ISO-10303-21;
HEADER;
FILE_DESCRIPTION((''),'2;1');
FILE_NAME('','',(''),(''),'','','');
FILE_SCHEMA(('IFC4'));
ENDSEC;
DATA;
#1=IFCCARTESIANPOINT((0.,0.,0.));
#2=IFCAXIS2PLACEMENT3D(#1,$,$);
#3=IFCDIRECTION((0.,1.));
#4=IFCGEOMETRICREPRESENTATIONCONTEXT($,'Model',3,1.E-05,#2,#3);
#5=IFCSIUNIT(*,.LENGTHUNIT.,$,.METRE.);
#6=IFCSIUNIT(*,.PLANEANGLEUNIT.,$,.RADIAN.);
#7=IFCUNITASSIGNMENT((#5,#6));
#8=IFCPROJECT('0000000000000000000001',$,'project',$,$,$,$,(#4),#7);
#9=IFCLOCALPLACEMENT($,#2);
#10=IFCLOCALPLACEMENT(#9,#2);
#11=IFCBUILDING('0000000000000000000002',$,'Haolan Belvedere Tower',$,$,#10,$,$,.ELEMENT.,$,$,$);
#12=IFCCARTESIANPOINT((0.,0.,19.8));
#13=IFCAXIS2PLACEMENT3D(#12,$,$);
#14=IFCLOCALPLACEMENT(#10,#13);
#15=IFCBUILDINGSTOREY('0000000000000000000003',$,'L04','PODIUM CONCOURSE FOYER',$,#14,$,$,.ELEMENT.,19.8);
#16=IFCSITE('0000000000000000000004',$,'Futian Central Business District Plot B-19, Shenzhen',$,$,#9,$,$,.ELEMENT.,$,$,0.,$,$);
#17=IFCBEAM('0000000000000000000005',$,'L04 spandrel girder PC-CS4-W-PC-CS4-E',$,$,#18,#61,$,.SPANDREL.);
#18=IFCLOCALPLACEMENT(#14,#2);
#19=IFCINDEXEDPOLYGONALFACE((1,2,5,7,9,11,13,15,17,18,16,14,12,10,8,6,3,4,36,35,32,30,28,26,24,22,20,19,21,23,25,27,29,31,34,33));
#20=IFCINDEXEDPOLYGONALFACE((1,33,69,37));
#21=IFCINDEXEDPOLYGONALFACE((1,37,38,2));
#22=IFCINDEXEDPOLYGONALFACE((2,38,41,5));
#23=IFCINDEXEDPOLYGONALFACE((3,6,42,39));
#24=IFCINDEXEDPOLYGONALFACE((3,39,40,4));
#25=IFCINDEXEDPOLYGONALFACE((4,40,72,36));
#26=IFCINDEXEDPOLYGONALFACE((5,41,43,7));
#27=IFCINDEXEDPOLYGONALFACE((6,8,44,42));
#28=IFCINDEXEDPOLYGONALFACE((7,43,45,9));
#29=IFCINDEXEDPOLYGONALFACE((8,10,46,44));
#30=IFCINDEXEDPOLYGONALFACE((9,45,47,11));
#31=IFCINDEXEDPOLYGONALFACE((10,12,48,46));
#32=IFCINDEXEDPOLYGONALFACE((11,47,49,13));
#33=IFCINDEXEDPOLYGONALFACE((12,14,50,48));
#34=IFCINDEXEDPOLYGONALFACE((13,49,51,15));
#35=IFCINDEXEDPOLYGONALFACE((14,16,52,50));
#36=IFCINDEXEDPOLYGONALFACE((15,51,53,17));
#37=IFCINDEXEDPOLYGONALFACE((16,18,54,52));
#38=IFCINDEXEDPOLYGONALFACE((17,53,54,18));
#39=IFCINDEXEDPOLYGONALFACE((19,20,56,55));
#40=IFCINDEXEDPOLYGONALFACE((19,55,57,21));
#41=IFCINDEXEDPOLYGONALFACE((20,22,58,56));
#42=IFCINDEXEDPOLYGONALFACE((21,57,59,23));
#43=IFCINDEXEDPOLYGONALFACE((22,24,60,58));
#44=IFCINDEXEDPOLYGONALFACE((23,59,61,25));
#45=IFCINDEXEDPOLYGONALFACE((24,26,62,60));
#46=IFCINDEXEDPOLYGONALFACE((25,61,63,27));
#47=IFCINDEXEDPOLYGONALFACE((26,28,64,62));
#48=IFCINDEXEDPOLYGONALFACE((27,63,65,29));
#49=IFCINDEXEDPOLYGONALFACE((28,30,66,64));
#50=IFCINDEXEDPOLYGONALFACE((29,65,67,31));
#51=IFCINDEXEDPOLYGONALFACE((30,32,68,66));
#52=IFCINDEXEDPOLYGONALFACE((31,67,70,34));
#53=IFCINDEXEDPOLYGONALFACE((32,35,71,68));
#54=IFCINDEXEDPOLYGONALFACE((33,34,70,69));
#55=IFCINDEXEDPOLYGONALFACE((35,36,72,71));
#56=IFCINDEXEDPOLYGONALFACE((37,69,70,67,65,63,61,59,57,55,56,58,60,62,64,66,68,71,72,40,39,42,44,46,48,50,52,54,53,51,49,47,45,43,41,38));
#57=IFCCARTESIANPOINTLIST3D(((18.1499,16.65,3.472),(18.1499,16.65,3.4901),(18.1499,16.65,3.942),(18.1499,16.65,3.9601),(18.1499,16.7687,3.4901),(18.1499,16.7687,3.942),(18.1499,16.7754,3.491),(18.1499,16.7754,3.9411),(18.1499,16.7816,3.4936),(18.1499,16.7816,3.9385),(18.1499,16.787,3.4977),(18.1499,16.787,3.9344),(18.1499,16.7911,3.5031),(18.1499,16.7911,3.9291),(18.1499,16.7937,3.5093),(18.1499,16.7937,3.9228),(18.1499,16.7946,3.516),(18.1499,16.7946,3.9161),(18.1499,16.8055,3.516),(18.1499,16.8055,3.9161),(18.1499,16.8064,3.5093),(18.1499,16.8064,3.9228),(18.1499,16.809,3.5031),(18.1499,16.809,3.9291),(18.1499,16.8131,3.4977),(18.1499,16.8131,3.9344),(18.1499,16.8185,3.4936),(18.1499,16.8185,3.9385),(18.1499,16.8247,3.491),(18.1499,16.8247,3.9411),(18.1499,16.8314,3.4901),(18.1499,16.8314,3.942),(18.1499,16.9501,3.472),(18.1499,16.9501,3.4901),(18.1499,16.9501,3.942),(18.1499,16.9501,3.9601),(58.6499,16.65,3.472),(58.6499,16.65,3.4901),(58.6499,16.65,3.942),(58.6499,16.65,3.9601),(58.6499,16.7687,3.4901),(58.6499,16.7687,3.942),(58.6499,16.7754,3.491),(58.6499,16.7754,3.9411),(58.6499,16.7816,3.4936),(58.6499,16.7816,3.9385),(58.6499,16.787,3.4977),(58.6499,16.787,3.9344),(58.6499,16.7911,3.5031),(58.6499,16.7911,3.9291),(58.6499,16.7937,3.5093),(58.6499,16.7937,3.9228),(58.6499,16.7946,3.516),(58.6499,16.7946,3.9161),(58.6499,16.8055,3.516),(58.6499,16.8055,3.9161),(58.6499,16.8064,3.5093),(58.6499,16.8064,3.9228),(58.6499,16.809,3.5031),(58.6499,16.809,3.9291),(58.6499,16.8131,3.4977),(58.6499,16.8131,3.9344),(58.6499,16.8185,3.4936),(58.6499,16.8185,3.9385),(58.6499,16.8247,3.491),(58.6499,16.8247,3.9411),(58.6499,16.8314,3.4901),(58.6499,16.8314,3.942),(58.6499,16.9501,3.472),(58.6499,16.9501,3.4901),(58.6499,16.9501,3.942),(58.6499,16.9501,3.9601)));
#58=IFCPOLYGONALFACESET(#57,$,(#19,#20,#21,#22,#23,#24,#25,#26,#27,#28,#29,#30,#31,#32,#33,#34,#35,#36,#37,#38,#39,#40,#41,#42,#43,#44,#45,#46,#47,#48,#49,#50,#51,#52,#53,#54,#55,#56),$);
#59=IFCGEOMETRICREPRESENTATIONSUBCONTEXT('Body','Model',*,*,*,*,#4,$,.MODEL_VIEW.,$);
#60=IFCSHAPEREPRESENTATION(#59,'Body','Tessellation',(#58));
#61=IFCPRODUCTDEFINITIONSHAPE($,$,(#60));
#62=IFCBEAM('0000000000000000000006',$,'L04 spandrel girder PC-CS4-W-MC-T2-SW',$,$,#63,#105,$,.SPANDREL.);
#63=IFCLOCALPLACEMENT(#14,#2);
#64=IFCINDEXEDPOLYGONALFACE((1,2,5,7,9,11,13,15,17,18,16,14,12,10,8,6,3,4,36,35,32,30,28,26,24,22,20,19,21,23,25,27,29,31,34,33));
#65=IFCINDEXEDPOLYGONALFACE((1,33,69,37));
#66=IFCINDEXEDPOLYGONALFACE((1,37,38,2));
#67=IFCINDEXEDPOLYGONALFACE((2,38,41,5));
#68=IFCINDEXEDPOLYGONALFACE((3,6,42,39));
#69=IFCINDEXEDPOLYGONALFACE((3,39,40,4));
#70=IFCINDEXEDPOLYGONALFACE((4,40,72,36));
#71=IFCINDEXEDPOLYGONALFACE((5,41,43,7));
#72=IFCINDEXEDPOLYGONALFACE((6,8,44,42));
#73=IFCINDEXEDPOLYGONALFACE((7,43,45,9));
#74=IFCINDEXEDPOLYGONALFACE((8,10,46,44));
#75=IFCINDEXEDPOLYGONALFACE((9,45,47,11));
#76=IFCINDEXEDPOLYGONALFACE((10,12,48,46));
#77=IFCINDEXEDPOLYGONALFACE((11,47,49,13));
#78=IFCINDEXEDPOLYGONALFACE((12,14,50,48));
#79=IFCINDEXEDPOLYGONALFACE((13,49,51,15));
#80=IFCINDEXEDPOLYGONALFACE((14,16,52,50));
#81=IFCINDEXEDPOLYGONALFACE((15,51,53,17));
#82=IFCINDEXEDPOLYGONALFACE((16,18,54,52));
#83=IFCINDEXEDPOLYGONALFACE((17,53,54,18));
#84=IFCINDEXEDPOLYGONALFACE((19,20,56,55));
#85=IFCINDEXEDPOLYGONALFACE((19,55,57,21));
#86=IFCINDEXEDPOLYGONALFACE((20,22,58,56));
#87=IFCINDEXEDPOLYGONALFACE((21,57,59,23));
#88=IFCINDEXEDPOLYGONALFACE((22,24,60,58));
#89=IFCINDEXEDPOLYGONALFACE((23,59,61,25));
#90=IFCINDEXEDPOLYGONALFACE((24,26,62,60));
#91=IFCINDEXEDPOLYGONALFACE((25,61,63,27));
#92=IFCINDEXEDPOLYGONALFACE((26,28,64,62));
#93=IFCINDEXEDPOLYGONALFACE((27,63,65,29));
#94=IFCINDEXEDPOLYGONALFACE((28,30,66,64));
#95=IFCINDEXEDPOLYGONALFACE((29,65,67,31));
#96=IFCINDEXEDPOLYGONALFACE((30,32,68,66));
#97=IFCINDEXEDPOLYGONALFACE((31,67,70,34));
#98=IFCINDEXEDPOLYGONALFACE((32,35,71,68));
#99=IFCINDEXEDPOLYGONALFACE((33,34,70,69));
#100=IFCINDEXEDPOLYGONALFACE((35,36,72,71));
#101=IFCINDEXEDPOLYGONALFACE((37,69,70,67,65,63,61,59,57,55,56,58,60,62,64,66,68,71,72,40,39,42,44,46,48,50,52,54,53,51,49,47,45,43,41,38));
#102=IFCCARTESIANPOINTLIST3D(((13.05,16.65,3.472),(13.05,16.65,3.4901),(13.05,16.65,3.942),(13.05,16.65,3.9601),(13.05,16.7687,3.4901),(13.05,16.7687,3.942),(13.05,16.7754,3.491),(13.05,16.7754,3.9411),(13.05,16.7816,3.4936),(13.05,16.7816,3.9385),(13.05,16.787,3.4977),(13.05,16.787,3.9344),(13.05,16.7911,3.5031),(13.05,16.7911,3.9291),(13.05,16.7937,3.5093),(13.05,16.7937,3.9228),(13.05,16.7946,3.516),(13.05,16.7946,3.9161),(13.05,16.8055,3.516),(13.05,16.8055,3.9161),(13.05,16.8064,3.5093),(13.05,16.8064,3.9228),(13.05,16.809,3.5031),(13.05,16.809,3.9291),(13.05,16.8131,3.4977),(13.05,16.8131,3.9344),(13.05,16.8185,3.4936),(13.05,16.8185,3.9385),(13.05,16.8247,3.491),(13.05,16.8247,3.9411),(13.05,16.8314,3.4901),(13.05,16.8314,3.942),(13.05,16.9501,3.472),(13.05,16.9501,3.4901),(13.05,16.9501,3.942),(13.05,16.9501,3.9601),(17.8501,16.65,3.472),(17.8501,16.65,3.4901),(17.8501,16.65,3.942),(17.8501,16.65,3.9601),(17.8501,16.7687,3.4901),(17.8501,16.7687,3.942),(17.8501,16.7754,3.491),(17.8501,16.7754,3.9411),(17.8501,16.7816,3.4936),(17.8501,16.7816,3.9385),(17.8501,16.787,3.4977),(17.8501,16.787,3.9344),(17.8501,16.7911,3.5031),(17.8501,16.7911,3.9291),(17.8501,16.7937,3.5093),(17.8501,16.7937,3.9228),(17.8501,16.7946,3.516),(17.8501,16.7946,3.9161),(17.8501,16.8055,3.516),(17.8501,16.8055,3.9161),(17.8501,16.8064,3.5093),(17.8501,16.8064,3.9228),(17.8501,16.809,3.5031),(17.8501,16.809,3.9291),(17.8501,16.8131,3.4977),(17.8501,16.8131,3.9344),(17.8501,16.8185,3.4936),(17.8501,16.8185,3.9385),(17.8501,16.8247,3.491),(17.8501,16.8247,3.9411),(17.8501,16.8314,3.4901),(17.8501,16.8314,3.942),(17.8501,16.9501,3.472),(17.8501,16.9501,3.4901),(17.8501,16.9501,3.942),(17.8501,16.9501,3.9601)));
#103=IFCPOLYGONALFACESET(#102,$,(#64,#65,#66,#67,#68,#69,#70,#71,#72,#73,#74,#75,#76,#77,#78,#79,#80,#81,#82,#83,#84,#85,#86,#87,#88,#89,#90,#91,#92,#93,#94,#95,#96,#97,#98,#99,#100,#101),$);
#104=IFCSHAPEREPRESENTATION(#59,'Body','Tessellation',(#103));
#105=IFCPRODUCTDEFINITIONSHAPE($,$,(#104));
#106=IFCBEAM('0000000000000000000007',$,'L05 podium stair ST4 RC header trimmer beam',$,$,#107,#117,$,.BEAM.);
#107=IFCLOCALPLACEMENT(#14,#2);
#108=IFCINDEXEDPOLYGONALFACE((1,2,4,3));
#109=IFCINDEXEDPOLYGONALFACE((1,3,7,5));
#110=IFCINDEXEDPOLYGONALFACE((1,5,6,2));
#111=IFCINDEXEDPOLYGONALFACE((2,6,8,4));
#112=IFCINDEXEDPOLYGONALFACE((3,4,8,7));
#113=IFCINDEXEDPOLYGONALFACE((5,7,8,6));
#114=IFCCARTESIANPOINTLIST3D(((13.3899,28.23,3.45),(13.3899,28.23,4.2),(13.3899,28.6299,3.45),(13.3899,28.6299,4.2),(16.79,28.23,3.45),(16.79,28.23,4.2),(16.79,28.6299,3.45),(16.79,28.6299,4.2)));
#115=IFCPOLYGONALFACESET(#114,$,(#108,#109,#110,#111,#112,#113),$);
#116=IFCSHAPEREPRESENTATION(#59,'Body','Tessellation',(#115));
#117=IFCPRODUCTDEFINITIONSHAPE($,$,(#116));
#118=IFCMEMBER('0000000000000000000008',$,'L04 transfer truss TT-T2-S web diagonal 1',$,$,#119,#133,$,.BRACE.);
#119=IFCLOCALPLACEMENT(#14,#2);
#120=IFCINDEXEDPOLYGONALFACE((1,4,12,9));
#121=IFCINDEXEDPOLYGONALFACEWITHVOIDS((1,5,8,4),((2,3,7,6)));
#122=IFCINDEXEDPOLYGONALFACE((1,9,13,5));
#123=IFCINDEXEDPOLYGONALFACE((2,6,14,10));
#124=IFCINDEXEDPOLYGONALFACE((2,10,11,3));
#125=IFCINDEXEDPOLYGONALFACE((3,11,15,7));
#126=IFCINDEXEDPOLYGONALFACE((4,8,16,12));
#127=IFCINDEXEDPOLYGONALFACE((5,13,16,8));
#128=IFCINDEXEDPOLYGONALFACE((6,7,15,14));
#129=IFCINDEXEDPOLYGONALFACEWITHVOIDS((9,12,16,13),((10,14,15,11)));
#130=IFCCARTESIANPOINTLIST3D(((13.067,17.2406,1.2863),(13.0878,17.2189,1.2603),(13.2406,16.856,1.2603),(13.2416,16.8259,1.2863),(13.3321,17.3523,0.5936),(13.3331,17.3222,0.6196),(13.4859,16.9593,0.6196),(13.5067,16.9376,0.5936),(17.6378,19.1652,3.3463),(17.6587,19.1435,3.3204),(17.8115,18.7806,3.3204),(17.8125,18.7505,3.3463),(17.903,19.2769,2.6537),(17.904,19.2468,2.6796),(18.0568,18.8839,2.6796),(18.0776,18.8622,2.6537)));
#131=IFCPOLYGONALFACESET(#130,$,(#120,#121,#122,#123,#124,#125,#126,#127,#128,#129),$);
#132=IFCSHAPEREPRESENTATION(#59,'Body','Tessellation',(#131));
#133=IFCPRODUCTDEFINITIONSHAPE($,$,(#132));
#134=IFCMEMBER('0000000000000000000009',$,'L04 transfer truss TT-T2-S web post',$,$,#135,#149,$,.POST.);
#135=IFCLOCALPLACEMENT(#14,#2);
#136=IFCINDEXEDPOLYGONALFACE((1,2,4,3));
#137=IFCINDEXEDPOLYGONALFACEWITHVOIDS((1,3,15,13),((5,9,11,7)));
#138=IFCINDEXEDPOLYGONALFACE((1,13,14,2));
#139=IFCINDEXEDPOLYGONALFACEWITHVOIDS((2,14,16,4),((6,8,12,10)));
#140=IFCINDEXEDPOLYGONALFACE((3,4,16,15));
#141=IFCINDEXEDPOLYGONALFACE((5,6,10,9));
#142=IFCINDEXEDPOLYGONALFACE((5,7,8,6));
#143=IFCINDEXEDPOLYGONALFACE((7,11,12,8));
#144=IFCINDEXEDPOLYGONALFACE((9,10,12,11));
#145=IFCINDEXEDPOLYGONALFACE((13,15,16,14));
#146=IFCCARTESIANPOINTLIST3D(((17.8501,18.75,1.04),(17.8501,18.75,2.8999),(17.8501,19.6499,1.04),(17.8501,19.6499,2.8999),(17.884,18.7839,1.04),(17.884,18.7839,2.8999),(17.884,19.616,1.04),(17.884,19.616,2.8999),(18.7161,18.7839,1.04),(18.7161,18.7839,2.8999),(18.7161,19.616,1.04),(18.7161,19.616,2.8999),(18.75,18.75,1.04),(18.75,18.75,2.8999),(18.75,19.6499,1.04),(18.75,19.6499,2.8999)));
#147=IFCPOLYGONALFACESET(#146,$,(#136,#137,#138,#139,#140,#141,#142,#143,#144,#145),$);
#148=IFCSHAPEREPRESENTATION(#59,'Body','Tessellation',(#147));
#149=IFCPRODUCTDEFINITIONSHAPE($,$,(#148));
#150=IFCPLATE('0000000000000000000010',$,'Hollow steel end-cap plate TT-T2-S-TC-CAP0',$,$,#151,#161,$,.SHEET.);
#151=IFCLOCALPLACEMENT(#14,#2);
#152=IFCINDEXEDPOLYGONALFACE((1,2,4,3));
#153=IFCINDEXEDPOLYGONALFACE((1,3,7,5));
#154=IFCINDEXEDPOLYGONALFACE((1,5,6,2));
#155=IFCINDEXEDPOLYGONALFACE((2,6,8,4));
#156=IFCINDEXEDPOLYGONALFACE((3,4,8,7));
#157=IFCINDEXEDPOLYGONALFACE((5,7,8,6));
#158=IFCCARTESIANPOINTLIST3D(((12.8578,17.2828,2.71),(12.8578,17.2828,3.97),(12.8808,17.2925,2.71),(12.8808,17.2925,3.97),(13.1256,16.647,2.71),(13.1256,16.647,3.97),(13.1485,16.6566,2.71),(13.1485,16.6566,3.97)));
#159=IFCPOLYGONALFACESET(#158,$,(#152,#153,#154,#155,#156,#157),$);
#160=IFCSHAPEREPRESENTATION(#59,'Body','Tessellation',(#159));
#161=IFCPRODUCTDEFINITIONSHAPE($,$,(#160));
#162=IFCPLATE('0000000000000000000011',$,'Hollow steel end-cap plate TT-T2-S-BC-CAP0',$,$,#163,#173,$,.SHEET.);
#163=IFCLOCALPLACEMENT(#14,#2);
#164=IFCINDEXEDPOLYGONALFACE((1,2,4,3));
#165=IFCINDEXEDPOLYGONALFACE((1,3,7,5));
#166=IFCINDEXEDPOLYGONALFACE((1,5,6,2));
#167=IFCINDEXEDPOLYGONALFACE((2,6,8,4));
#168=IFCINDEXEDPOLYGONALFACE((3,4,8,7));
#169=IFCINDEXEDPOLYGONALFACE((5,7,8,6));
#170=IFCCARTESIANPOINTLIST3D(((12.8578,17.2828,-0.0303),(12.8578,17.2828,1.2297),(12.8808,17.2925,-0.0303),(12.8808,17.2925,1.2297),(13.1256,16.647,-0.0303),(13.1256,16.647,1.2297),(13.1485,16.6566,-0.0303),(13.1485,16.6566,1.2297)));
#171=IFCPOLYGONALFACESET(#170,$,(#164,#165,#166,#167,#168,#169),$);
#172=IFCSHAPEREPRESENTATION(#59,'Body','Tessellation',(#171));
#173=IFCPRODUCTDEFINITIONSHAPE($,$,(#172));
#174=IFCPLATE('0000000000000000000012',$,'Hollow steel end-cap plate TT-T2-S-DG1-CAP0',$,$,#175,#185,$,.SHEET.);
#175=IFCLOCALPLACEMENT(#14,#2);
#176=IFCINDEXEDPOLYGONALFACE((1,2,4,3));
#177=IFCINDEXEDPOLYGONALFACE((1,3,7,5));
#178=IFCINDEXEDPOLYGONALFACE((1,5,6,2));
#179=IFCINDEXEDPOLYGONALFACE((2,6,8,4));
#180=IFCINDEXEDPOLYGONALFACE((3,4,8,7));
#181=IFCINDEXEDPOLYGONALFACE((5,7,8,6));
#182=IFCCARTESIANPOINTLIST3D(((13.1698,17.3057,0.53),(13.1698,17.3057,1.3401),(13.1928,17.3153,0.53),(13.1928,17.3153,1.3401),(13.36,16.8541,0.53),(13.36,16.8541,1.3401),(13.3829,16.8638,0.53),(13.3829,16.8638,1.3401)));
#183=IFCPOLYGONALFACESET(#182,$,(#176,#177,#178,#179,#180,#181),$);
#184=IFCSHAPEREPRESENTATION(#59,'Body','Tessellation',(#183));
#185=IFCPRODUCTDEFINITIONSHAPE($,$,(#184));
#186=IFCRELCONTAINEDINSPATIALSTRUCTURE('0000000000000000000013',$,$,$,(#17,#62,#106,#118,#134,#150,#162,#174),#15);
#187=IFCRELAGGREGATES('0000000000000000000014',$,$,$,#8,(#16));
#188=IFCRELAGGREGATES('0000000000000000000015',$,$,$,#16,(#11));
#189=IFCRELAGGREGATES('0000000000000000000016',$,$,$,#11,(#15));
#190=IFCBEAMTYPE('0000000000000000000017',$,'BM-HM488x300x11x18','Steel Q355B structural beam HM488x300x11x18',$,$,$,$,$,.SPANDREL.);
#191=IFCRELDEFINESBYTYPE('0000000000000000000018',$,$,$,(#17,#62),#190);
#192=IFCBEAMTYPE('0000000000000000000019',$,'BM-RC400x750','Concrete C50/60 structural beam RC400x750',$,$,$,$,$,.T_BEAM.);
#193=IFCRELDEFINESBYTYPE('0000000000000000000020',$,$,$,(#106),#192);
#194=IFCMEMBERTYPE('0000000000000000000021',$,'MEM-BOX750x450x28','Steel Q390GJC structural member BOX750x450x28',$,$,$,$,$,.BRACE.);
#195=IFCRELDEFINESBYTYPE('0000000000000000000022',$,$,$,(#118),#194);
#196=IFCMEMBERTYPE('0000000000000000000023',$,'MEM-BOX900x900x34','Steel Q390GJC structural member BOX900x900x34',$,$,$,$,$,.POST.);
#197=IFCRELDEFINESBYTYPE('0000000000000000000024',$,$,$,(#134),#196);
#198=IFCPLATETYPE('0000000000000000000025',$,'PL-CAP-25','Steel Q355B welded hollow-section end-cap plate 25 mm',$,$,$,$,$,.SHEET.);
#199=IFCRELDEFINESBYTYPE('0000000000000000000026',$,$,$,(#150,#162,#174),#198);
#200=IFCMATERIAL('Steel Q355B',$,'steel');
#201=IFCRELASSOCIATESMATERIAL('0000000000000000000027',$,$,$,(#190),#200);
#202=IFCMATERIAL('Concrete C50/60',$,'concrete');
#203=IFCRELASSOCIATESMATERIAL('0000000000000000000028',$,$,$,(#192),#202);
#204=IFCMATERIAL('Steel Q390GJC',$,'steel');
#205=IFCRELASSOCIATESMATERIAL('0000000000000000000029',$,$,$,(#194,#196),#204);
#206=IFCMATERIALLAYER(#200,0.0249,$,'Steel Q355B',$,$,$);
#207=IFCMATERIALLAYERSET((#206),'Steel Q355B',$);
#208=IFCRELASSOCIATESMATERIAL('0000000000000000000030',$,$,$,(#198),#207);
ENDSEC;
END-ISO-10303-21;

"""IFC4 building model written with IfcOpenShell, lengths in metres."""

from ifc_helpers import new_model, si_unit, direction, frame, origin, origin_2d, place, context, subcontext, project, spatial, rectangle, hollow_rectangle, i_section, extrude, material, layer, layer_set, material_profile, profile_set, type_object, element, save


model = new_model("IFC4")

# Units and contexts
model_context = context("Model", 3, precision=1e-05, world=origin(), true_north=direction((0.0, 1.0)))
body_context = subcontext(model_context, "Body", "Model", "MODEL_VIEW")
ifc_project = project(units=[si_unit("LENGTHUNIT", "METRE"), si_unit("PLANEANGLEUNIT", "RADIAN")], contexts=[model_context])

# Site, building, storey
site_placement = place(None, origin())
site = spatial("IfcSite", under=ifc_project, at=site_placement, Name="Futian Central Business District Plot B-19, Shenzhen", CompositionType="ELEMENT", RefElevation=0.0)
building_placement = place(site_placement, origin())
building = spatial("IfcBuilding", under=site, at=building_placement, Name="Haolan Belvedere Tower", CompositionType="ELEMENT")
storey_placement = place(building_placement, frame((0.0, 0.0, 19.8)))
storey = spatial("IfcBuildingStorey", under=building, at=storey_placement, Name="L04", Description="PODIUM CONCOURSE FOYER", CompositionType="ELEMENT", Elevation=19.8)

# Shared definitions
ifc_material_1 = material(Name="Steel Q355B", Category="steel")

# Beams
ifc_material_profile_1 = material_profile(ifc_material_1, i_section(OverallWidth=0.3, OverallDepth=0.488, WebThickness=0.011, FlangeThickness=0.0181, FilletRadius=0.0259, at=origin_2d()), Name="Steel Q355B")
ifc_profile_set_1 = profile_set([ifc_material_profile_1], Name="Steel Q355B")
beam_type_1 = type_object("IfcBeamType", Name="BM-HM488x300x11x18", Description="Steel Q355B structural beam HM488x300x11x18", PredefinedType="SPANDREL", material=ifc_profile_set_1)
beam_1_placement = place(storey_placement, frame((18.1499, 16.8, 3.7161), z_axis=(1.0, 0.0, 0.0), x_axis=(0.0, 1.0, 0.0)))
element("IfcBeam", 1, at=beam_1_placement, inside=storey, type_object=beam_type_1, Name="L04 spandrel girder PC-CS4-W-PC-CS4-E", PredefinedType="SPANDREL", context=body_context, shape_type="SweptSolid", body=[
    extrude(i_section(OverallWidth=0.3, OverallDepth=0.488, WebThickness=0.011, FlangeThickness=0.0181, FilletRadius=0.0259, at=origin_2d()), origin(), (0.0, 0.0, 1.0), 40.5),
])
beam_2_placement = place(storey_placement, frame((17.8501, 16.8, 3.7161), z_axis=(-1.0, 0.0, 0.0), x_axis=(0.0, -1.0, 0.0)))
element("IfcBeam", 2, at=beam_2_placement, inside=storey, type_object=beam_type_1, Name="L04 spandrel girder PC-CS4-W-MC-T2-SW", PredefinedType="SPANDREL", context=body_context, shape_type="SweptSolid", body=[
    extrude(i_section(OverallWidth=0.3, OverallDepth=0.488, WebThickness=0.011, FlangeThickness=0.0181, FilletRadius=0.0259, at=origin_2d()), origin(), (0.0, 0.0, 1.0), 4.8),
])
ifc_material_2 = material(Name="Concrete C50/60", Category="concrete")
ifc_material_profile_2 = material_profile(ifc_material_2, rectangle(XDim=0.3999, YDim=0.75, at=origin_2d()), Name="Concrete C50/60")
ifc_profile_set_2 = profile_set([ifc_material_profile_2], Name="Concrete C50/60")
beam_type_2 = type_object("IfcBeamType", Name="BM-RC400x750", Description="Concrete C50/60 structural beam RC400x750", PredefinedType="T_BEAM", material=ifc_profile_set_2)
beam_3_placement = place(storey_placement, frame((13.3899, 28.4299, 3.825), z_axis=(1.0, 0.0, 0.0), x_axis=(0.0, 1.0, 0.0)))
element("IfcBeam", 3, at=beam_3_placement, inside=storey, type_object=beam_type_2, Name="L05 podium stair ST4 RC header trimmer beam", PredefinedType="BEAM", context=body_context, shape_type="SweptSolid", body=[
    extrude(rectangle(XDim=0.3999, YDim=0.75, at=origin_2d()), origin(), (0.0, 0.0, 1.0), 3.4001),
])

# Members
ifc_material_3 = material(Name="Steel Q390GJC", Category="steel")
ifc_material_profile_3 = material_profile(ifc_material_3, hollow_rectangle(XDim=0.45, YDim=0.75, WallThickness=0.0281, at=origin_2d()), Name="Steel Q390GJC")
ifc_profile_set_3 = profile_set([ifc_material_profile_3], Name="Steel Q390GJC")
member_type_1 = type_object("IfcMemberType", Name="MEM-BOX750x450x28", Description="Steel Q390GJC structural member BOX750x450x28", PredefinedType="BRACE", material=ifc_profile_set_3)
member_1_placement = place(storey_placement, frame((13.2869, 17.0891, 0.9399), z_axis=(0.851128, 0.358372, 0.383603), x_axis=(-0.388059, 0.921634, 0.0)))
element("IfcMember", 4, at=member_1_placement, inside=storey, type_object=member_type_1, Name="L04 transfer truss TT-T2-S web diagonal 1", PredefinedType="BRACE", context=body_context, shape_type="SweptSolid", body=[
    extrude(hollow_rectangle(XDim=0.45, YDim=0.75, WallThickness=0.0281, at=origin_2d()), origin(), (0.0, 0.0, 1.0), 5.3704),
])
ifc_material_profile_4 = material_profile(ifc_material_3, hollow_rectangle(XDim=0.8999, YDim=0.8999, WallThickness=0.0339, at=origin_2d()), Name="Steel Q390GJC")
ifc_profile_set_4 = profile_set([ifc_material_profile_4], Name="Steel Q390GJC")
member_type_2 = type_object("IfcMemberType", Name="MEM-BOX900x900x34", Description="Steel Q390GJC structural member BOX900x900x34", PredefinedType="POST", material=ifc_profile_set_4)
member_2_placement = place(storey_placement, frame((18.3, 19.2, 1.04), z_axis=(0.0, 0.0, 1.0), x_axis=(1.0, 0.0, 0.0)))
element("IfcMember", 5, at=member_2_placement, inside=storey, type_object=member_type_2, Name="L04 transfer truss TT-T2-S web post", PredefinedType="POST", context=body_context, shape_type="SweptSolid", body=[
    extrude(hollow_rectangle(XDim=0.8999, YDim=0.8999, WallThickness=0.0339, at=origin_2d()), origin(), (0.0, 0.0, 1.0), 1.8599),
])

# Plates
ifc_layer_1 = layer(ifc_material_1, 0.0249, Name="Steel Q355B")
ifc_layer_set_1 = layer_set([ifc_layer_1], Name="Steel Q355B")
plate_type_1 = type_object("IfcPlateType", Name="PL-CAP-25", Description="Steel Q355B welded hollow-section end-cap plate 25 mm", PredefinedType="SHEET", material=ifc_layer_set_1)
for number, where, z_axis, x_axis, name in (
    (6, (13.0032, 16.9697, 2.71), (0.0, 0.0, 1.0), (0.388063, -0.921633, 0.0), "Hollow steel end-cap plate TT-T2-S-TC-CAP0"),
    (7, (13.0032, 16.9697, -0.0303), (0.0, 0.0, 1.0), (0.388063, -0.921633, 0.0), "Hollow steel end-cap plate TT-T2-S-BC-CAP0"),
):
    element("IfcPlate", number, at=place(storey_placement, frame(where, z_axis=z_axis, x_axis=x_axis)), inside=storey, type_object=plate_type_1, Name=name, PredefinedType="SHEET", context=body_context, shape_type="SweptSolid", body=[
        extrude(rectangle(XDim=0.6899, YDim=0.0249, at=origin_2d()), origin(), (0.0, 0.0, 1.0), 1.26),
    ])
for number, where, z_axis, x_axis, name in (
    (8, (13.2764, 17.0847, 0.53), (0.0, 0.0, 1.0), (0.388063, -0.921633, 0.0), "Hollow steel end-cap plate TT-T2-S-DG1-CAP0"),
):
    element("IfcPlate", number, at=place(storey_placement, frame(where, z_axis=z_axis, x_axis=x_axis)), inside=storey, type_object=plate_type_1, Name=name, PredefinedType="SHEET", context=body_context, shape_type="SweptSolid", body=[
        extrude(rectangle(XDim=0.49, YDim=0.0249, at=origin_2d()), origin(), (0.0, 0.0, 1.0), 0.8101),
    ])

save(model, "model.ifc")
